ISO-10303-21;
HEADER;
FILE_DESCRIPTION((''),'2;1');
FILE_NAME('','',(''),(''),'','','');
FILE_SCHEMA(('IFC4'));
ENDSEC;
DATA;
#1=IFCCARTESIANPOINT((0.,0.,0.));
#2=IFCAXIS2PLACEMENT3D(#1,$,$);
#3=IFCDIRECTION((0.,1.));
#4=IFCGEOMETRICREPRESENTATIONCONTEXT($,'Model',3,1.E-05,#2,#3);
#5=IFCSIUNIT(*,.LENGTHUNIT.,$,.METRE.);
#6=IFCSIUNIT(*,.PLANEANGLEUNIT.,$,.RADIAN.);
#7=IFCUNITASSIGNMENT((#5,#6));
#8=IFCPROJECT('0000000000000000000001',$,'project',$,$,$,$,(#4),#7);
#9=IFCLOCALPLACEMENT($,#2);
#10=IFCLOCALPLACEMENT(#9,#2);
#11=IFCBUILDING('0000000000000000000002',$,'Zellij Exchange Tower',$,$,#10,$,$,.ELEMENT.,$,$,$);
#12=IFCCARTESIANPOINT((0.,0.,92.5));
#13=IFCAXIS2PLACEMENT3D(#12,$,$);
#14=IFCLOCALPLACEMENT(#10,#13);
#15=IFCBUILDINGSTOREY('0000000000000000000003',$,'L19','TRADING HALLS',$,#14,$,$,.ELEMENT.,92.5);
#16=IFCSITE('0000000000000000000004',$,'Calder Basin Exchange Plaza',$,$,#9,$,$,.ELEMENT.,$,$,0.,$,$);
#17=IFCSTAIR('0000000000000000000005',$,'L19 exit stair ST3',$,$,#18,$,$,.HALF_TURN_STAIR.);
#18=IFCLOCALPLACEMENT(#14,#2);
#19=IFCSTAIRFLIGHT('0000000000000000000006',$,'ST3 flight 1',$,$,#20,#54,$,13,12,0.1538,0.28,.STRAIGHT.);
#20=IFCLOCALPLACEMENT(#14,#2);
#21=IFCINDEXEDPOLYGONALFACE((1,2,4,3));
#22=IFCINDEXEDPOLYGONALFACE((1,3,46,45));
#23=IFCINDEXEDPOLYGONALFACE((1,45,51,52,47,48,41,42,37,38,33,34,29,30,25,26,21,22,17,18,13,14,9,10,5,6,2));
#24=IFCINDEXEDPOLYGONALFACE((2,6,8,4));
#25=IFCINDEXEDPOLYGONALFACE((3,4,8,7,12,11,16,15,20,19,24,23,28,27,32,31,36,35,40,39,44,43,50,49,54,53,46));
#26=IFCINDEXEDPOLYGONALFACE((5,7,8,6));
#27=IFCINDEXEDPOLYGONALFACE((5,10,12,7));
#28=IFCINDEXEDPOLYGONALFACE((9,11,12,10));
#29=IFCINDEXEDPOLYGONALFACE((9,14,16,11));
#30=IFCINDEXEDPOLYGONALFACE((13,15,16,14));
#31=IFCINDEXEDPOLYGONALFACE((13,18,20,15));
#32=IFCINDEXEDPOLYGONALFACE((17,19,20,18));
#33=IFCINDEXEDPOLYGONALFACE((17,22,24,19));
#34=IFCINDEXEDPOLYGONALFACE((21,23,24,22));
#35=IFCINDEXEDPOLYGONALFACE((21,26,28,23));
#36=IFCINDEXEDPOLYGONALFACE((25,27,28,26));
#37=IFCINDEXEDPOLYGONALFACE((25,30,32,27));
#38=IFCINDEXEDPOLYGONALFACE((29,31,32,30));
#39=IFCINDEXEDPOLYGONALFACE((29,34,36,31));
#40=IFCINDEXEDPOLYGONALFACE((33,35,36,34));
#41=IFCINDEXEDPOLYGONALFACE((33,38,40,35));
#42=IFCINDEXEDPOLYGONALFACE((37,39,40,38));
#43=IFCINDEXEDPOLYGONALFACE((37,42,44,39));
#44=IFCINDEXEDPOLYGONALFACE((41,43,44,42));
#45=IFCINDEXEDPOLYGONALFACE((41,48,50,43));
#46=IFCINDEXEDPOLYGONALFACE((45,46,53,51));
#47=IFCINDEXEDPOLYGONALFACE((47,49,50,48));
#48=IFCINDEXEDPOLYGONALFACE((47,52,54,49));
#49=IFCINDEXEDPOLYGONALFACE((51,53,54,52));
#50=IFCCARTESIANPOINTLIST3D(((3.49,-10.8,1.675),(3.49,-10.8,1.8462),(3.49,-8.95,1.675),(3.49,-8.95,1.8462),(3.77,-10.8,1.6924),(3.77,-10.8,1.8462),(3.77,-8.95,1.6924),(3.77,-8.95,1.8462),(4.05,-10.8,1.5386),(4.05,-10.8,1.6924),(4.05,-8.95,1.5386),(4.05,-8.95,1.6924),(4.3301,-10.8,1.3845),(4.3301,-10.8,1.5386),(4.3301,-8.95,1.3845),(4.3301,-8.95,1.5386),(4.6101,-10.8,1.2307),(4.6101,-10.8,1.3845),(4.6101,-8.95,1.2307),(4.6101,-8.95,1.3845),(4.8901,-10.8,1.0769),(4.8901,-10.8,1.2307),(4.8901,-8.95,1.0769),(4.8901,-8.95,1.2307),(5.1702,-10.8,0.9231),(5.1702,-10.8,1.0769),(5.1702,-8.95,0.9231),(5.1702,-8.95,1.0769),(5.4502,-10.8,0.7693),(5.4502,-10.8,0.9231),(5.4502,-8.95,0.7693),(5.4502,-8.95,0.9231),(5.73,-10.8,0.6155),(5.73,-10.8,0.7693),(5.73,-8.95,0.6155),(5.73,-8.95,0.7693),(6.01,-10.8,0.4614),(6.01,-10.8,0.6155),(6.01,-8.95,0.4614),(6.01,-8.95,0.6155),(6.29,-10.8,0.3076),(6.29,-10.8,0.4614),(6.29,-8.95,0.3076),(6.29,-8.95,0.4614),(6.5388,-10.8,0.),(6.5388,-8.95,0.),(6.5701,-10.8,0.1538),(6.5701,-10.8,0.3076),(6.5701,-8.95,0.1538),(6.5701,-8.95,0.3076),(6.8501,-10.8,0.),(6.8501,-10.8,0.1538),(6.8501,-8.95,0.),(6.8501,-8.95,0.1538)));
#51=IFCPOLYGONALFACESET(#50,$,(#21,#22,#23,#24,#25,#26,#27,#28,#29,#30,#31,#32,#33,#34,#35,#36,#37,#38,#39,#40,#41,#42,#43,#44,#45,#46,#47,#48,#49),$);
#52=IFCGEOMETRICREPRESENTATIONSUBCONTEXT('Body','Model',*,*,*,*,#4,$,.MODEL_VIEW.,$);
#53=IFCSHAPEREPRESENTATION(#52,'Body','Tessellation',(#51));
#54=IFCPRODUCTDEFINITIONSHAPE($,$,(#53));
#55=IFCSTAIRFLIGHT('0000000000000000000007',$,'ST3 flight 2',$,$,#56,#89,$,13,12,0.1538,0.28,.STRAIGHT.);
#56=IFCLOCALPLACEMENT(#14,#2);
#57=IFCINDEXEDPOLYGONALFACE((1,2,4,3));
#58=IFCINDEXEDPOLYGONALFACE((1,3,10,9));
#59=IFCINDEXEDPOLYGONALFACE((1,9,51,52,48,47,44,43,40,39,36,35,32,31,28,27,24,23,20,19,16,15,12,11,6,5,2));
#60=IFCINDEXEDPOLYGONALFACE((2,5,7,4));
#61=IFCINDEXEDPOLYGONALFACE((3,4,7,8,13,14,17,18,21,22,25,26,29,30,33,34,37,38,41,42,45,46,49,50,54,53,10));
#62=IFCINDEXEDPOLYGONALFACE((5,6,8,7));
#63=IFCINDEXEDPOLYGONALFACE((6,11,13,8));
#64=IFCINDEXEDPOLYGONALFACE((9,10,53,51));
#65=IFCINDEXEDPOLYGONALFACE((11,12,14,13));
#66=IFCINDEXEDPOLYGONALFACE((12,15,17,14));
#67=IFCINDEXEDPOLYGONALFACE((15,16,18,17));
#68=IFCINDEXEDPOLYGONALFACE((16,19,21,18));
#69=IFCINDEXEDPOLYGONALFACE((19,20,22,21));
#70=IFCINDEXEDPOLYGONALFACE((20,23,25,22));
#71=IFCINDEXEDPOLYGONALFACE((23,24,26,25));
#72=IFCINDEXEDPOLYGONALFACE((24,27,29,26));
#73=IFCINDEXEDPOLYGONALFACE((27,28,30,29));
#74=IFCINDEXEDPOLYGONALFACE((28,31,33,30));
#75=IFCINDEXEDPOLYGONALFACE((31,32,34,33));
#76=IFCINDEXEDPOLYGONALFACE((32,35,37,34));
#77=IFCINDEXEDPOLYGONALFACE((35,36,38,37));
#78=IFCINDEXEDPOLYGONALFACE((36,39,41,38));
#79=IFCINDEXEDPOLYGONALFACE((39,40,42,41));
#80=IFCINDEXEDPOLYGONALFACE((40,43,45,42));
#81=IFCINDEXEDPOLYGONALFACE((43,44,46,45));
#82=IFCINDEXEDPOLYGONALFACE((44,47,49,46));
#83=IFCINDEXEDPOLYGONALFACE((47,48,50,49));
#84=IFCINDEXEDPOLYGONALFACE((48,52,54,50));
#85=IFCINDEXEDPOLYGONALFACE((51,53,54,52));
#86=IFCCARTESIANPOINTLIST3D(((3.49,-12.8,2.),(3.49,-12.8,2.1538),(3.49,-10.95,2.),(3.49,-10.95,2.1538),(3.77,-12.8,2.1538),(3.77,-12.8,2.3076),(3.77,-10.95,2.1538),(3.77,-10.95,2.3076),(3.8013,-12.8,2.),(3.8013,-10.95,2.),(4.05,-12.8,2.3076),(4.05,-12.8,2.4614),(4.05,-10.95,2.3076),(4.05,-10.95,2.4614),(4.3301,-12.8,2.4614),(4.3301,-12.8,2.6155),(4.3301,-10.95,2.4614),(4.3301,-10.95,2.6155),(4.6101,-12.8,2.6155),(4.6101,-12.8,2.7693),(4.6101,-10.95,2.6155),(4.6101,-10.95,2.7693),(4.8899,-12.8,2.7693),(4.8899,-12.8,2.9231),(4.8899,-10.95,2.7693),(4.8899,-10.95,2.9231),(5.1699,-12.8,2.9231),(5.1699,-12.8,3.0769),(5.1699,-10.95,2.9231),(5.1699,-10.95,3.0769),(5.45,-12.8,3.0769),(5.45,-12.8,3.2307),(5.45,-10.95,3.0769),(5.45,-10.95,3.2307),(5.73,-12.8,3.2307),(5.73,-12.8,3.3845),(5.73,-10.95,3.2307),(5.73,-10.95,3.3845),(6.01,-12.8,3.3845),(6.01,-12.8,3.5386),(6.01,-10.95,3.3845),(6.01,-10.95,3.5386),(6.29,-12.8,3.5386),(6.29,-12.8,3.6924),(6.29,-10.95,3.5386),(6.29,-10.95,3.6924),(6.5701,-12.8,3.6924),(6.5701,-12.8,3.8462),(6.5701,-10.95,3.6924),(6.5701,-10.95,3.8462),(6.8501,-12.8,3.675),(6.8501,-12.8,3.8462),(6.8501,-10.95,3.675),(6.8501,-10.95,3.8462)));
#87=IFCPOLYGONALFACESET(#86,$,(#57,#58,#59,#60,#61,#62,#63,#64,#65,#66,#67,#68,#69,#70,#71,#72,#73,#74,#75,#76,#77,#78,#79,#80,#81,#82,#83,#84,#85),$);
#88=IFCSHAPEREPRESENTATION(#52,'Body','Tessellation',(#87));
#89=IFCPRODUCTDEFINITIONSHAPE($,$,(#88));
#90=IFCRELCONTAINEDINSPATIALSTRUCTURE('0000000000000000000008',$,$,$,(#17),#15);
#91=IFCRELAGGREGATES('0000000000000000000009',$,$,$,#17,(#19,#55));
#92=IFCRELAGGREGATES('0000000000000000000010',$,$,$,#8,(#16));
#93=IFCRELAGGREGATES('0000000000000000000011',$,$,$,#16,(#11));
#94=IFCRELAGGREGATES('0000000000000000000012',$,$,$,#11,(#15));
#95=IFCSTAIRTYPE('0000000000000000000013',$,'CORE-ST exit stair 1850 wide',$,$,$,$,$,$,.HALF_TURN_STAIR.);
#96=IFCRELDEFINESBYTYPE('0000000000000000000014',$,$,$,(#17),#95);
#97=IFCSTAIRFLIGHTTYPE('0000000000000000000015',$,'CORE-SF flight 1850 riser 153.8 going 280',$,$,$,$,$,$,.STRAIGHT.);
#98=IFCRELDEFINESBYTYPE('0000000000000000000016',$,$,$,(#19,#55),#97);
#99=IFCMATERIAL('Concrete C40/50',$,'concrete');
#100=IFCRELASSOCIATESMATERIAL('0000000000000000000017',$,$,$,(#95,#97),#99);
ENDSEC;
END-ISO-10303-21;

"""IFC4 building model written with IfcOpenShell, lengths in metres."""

from ifc_helpers import new_model, si_unit, direction, frame, origin, place, context, subcontext, project, spatial, polyline, outline, extrude, material, type_object, element, aggregate, save


model = new_model("IFC4")

# Units and contexts
model_context = context("Model", 3, precision=1e-05, world=origin(), true_north=direction((0.0, 1.0)))
body_context = subcontext(model_context, "Body", "Model", "MODEL_VIEW")
ifc_project = project(units=[si_unit("LENGTHUNIT", "METRE"), si_unit("PLANEANGLEUNIT", "RADIAN")], contexts=[model_context])

# Site, building, storey
site_placement = place(None, origin())
site = spatial("IfcSite", under=ifc_project, at=site_placement, Name="Calder Basin Exchange Plaza", CompositionType="ELEMENT", RefElevation=0.0)
building_placement = place(site_placement, origin())
building = spatial("IfcBuilding", under=site, at=building_placement, Name="Zellij Exchange Tower", CompositionType="ELEMENT")
storey_placement = place(building_placement, frame((0.0, 0.0, 92.5)))
storey = spatial("IfcBuildingStorey", under=building, at=storey_placement, Name="L19", Description="TRADING HALLS", CompositionType="ELEMENT", Elevation=92.5)

# Stair, stair flights
ifc_material_1 = material(Name="Concrete C40/50", Category="concrete")
stair_type = type_object("IfcStairType", Name="CORE-ST exit stair 1850 wide", PredefinedType="HALF_TURN_STAIR", material=ifc_material_1)
stair_placement = place(storey_placement, origin())
stair = element("IfcStair", 1, at=stair_placement, inside=storey, type_object=stair_type, Name="L19 exit stair ST3", PredefinedType="HALF_TURN_STAIR")
stair_flight_type = type_object("IfcStairFlightType", Name="CORE-SF flight 1850 riser 153.8 going 280", PredefinedType="STRAIGHT", material=ifc_material_1)
stair_flight_1_placement = place(storey_placement, frame((6.8501, -9.875, 0.0), z_axis=(0.0, 0.0, 1.0), x_axis=(-1.0, 0.0, 0.0)))
stair_flight_1 = element("IfcStairFlight", 2, at=stair_flight_1_placement, type_object=stair_flight_type, Name="ST3 flight 1", NumberOfRisers=13, NumberOfTreads=12, PredefinedType="STRAIGHT", RiserHeight=0.1538, TreadLength=0.28, context=body_context, shape_type="SweptSolid", body=[
    extrude(outline(polyline([(0.0, 0.0), (0.0, 0.1538), (0.28, 0.1538), (0.28, 0.3076), (0.5601, 0.3076), (0.5601, 0.4614), (0.8401, 0.4614), (0.8401, 0.6155), (1.1201, 0.6155), (1.1201, 0.7693), (1.3999, 0.7693), (1.3999, 0.9231), (1.6799, 0.9231), (1.6799, 1.0769), (1.96, 1.0769), (1.96, 1.2307), (2.24, 1.2307), (2.24, 1.3845), (2.52, 1.3845), (2.52, 1.5386), (2.8, 1.5386), (2.8, 1.6924), (3.0801, 1.6924), (3.0801, 1.8462), (3.3601, 1.8462), (3.3601, 2.0), (3.3601, 1.675), (0.3113, 0.0), (0.0, 0.0)])), frame((0.0, 0.925, 0.0), z_axis=(0.0, -1.0, 0.0), x_axis=(1.0, 0.0, 0.0)), (0.0, 0.0, 1.0), 1.8501),
])
stair_flight_2_placement = place(storey_placement, frame((3.49, -11.875, 2.0), z_axis=(0.0, 0.0, 1.0), x_axis=(1.0, 0.0, 0.0)))
stair_flight_2 = element("IfcStairFlight", 3, at=stair_flight_2_placement, type_object=stair_flight_type, Name="ST3 flight 2", NumberOfRisers=13, NumberOfTreads=12, PredefinedType="STRAIGHT", RiserHeight=0.1538, TreadLength=0.28, context=body_context, shape_type="SweptSolid", body=[
    extrude(outline(polyline([(0.0, 0.0), (0.0, 0.1538), (0.28, 0.1538), (0.28, 0.3076), (0.5601, 0.3076), (0.5601, 0.4614), (0.8401, 0.4614), (0.8401, 0.6155), (1.1201, 0.6155), (1.1201, 0.7693), (1.3999, 0.7693), (1.3999, 0.9231), (1.6799, 0.9231), (1.6799, 1.0769), (1.96, 1.0769), (1.96, 1.2307), (2.24, 1.2307), (2.24, 1.3845), (2.52, 1.3845), (2.52, 1.5386), (2.8, 1.5386), (2.8, 1.6924), (3.0801, 1.6924), (3.0801, 1.8462), (3.3601, 1.8462), (3.3601, 2.0), (3.3601, 1.675), (0.3113, 0.0), (0.0, 0.0)])), frame((0.0, 0.925, 0.0), z_axis=(0.0, -1.0, 0.0), x_axis=(1.0, 0.0, 0.0)), (0.0, 0.0, 1.0), 1.8501),
])
aggregate(stair, [stair_flight_1, stair_flight_2])

save(model, "model.ifc")
